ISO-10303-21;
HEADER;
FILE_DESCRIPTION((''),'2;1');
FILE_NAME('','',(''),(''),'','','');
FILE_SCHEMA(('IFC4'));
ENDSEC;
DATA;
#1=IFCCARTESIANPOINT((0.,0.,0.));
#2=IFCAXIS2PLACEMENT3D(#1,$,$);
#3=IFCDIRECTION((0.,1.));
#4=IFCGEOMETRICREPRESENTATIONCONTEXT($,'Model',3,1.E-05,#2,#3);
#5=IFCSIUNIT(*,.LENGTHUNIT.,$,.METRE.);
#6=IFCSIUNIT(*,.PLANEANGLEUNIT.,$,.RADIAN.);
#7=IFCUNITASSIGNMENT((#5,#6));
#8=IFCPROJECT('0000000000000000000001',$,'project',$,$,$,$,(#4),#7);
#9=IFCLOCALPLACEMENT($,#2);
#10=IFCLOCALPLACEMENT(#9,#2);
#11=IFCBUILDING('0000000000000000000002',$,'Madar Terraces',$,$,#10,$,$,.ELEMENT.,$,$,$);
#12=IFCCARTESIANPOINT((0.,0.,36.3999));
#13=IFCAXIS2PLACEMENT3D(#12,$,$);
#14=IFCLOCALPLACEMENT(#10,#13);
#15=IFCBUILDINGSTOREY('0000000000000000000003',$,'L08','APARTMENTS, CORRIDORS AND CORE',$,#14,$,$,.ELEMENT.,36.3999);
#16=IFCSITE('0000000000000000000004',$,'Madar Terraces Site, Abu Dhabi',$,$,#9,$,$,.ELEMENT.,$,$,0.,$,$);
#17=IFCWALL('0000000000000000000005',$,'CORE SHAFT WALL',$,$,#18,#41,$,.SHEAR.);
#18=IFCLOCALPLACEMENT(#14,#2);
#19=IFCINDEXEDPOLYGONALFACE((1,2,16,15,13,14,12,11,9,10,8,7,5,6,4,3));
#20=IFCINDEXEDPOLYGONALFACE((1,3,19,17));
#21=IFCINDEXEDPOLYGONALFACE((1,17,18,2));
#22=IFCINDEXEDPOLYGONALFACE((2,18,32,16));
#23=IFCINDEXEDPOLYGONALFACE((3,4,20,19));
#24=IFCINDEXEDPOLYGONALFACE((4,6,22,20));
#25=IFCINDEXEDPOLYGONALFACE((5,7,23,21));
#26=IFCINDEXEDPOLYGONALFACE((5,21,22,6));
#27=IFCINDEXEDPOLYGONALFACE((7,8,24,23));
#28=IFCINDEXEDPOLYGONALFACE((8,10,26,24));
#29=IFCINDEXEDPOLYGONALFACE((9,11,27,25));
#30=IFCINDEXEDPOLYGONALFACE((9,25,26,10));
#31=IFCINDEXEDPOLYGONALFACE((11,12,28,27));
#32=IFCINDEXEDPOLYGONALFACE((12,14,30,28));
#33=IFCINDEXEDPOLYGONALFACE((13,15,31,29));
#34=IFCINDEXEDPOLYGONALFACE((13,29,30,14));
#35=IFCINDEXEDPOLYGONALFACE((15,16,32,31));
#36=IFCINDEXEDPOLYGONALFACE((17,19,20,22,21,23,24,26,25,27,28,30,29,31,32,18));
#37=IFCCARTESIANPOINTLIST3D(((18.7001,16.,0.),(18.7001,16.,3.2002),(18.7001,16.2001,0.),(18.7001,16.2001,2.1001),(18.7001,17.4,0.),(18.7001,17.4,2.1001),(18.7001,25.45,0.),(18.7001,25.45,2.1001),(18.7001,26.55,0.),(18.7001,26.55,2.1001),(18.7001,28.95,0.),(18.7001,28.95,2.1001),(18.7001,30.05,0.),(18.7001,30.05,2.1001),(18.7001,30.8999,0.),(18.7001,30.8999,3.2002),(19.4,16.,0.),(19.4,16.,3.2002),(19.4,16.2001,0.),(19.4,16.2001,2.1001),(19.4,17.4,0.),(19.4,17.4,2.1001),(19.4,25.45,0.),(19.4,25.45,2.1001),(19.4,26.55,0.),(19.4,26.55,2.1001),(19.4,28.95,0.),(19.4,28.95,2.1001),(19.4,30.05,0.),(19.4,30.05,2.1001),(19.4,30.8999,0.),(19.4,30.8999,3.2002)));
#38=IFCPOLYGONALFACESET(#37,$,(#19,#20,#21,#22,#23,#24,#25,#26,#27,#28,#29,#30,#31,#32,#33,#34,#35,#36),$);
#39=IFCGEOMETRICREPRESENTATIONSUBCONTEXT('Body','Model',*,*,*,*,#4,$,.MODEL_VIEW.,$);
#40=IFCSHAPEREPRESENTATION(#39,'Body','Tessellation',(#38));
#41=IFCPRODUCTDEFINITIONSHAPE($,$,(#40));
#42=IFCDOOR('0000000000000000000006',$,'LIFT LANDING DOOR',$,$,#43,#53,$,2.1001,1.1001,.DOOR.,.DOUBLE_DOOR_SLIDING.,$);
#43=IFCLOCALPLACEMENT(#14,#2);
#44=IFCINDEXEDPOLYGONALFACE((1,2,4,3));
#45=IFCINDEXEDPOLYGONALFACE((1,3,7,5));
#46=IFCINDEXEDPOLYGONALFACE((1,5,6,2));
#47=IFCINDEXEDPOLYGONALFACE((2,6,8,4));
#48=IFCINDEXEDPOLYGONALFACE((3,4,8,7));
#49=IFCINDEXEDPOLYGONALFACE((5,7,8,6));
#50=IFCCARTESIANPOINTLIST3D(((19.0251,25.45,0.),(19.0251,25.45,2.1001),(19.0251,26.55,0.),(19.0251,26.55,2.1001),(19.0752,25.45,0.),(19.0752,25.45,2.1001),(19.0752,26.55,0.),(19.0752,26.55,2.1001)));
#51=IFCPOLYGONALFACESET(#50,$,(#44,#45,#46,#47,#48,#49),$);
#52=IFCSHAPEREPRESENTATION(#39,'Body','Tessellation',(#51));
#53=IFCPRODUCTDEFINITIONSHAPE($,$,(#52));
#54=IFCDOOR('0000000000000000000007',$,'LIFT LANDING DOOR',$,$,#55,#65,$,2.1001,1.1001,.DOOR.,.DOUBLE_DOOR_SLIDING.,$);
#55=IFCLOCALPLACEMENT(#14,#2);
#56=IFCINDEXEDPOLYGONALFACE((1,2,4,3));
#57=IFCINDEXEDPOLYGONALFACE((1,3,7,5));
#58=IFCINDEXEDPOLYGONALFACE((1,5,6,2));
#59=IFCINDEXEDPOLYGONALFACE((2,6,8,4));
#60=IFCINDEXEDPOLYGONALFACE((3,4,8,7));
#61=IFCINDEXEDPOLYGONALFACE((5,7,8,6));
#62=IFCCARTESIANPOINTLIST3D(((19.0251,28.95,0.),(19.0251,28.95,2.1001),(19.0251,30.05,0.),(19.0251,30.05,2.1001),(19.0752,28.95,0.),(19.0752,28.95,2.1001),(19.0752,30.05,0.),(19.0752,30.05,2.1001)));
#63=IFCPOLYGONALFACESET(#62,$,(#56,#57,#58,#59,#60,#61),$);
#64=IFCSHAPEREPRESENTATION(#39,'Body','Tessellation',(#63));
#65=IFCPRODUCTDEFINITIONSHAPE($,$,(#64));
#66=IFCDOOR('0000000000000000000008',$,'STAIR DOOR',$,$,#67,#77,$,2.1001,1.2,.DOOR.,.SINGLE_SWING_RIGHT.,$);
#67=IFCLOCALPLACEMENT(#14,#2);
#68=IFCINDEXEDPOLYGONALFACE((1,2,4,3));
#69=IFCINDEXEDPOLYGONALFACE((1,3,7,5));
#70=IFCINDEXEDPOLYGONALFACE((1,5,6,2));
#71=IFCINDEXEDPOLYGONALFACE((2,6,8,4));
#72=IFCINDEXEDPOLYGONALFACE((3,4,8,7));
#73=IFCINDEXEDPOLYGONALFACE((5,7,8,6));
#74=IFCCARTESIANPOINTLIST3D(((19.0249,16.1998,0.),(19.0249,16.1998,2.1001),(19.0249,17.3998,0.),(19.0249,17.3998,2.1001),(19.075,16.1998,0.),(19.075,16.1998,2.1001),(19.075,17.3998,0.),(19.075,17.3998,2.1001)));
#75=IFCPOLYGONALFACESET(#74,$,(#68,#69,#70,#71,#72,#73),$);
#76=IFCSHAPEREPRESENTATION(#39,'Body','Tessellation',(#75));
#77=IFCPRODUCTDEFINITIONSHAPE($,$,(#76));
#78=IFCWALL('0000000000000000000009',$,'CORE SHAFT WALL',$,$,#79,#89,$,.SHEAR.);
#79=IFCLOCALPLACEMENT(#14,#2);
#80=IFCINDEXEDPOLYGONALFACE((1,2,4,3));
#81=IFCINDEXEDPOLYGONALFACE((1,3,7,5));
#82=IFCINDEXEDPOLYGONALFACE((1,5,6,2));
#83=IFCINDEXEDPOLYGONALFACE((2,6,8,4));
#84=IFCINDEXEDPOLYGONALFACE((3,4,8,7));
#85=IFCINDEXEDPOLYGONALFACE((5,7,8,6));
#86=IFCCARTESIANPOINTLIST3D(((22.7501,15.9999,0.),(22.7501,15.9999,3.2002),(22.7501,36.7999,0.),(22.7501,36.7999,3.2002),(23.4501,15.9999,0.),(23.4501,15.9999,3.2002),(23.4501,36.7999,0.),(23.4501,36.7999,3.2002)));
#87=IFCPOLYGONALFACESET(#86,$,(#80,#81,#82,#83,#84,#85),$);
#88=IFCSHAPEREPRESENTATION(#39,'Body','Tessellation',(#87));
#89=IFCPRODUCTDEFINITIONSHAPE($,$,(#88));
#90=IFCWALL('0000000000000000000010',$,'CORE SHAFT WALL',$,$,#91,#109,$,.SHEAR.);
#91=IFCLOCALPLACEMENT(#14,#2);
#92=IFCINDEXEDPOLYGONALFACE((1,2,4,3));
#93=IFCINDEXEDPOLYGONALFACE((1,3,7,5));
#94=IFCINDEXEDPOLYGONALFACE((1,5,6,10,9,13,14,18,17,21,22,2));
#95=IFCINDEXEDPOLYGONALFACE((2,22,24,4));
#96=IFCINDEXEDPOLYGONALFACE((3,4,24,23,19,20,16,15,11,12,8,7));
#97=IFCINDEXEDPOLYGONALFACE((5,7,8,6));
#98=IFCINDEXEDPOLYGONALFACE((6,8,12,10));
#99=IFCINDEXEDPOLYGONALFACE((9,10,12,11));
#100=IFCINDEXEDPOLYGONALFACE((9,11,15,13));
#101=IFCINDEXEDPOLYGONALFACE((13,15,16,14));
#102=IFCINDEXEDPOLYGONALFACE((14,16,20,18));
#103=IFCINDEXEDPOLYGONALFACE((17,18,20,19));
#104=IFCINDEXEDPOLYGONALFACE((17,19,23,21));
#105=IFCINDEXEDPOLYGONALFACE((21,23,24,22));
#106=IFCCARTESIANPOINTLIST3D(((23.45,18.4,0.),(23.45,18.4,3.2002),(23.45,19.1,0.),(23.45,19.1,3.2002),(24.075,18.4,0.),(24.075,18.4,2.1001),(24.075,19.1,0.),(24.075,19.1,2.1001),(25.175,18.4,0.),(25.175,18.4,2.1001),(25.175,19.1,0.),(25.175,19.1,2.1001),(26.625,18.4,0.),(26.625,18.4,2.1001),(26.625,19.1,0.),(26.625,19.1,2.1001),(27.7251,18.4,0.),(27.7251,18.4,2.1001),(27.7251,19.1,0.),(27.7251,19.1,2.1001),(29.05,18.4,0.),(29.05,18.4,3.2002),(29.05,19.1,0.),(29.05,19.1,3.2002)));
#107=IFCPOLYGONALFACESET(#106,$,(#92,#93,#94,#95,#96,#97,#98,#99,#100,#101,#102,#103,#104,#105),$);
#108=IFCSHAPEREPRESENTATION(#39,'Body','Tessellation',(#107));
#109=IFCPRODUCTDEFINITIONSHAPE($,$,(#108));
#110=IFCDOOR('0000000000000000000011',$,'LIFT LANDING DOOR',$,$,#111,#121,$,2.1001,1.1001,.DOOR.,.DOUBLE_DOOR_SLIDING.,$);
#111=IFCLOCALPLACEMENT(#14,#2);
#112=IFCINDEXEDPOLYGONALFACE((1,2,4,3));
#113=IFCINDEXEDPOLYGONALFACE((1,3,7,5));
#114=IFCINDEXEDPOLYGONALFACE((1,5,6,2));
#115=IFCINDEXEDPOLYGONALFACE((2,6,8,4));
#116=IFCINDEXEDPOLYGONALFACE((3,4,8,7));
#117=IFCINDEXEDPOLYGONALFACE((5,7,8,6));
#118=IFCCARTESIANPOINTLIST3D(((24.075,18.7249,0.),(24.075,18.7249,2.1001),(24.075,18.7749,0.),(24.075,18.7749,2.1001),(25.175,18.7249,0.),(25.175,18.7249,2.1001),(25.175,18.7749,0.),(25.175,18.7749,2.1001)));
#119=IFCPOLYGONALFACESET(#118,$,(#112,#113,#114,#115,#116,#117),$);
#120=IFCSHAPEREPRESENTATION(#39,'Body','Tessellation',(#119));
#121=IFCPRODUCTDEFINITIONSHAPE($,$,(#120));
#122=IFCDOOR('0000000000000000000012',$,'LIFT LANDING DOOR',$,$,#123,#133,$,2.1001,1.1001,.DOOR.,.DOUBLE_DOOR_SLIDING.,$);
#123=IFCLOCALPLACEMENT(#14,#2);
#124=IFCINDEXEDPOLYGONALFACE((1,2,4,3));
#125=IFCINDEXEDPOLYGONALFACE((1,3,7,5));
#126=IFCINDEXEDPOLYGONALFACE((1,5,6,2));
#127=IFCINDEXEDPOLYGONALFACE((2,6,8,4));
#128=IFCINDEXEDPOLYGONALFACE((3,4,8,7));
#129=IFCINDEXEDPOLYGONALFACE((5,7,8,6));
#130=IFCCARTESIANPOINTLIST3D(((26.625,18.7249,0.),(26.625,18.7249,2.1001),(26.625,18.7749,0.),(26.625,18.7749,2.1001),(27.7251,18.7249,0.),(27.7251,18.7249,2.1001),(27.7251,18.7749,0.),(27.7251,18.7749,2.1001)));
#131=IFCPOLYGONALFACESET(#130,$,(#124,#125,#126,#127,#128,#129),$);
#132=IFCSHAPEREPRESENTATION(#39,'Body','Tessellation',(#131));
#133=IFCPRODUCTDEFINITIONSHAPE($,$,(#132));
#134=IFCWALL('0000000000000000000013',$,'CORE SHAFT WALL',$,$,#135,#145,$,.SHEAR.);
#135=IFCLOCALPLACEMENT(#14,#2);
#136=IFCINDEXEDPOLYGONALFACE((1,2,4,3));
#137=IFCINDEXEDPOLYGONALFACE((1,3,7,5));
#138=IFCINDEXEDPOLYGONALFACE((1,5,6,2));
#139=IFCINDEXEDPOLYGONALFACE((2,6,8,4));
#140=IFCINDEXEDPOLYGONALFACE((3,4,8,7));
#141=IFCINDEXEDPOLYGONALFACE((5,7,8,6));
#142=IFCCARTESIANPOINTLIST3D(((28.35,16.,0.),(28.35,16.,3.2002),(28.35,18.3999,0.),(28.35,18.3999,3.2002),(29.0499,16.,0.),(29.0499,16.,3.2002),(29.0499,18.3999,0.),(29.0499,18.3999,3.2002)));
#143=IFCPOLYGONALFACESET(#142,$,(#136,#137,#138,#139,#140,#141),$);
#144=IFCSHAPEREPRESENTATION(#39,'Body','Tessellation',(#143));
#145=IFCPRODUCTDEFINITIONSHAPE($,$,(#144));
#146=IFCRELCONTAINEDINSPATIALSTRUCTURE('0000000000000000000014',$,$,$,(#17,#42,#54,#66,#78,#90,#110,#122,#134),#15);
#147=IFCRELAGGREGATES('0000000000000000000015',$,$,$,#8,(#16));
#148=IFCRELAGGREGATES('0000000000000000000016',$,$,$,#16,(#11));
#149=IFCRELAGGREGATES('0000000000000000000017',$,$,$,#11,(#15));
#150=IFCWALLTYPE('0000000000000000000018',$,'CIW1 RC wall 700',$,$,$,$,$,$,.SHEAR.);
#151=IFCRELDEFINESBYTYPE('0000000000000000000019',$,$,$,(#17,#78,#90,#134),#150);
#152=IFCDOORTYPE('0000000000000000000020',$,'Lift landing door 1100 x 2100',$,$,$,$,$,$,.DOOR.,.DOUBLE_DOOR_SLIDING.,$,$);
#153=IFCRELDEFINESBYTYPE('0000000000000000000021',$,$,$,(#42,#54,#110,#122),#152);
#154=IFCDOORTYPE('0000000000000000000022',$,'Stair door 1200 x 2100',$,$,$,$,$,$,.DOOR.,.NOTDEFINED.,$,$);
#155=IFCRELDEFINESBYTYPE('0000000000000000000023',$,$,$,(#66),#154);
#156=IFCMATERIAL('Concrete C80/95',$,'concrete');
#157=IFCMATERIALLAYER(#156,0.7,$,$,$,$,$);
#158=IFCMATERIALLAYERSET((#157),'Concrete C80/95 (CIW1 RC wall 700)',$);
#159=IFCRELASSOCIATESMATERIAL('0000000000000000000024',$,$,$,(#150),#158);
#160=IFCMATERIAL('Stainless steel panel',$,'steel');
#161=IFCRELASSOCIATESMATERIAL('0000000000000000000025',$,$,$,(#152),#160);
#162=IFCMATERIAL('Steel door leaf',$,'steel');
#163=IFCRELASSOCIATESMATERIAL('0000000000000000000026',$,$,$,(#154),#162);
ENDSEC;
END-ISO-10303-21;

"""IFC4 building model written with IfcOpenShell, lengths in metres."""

from ifc_helpers import new_model, si_unit, direction, frame, frame_2d, origin, place, context, subcontext, project, spatial, rectangle, extrude, material, layer, layer_set, type_object, element, fill, save


model = new_model("IFC4")

# Units and contexts
model_context = context("Model", 3, precision=1e-05, world=origin(), true_north=direction((0.0, 1.0)))
body_context = subcontext(model_context, "Body", "Model", "MODEL_VIEW")
ifc_project = project(units=[si_unit("LENGTHUNIT", "METRE"), si_unit("PLANEANGLEUNIT", "RADIAN")], contexts=[model_context])

# Site, building, storey
site_placement = place(None, origin())
site = spatial("IfcSite", under=ifc_project, at=site_placement, Name="Madar Terraces Site, Abu Dhabi", CompositionType="ELEMENT", RefElevation=0.0)
building_placement = place(site_placement, origin())
building = spatial("IfcBuilding", under=site, at=building_placement, Name="Madar Terraces", CompositionType="ELEMENT")
storey_placement = place(building_placement, frame((0.0, 0.0, 36.3999)))
storey = spatial("IfcBuildingStorey", under=building, at=storey_placement, Name="L08", Description="APARTMENTS, CORRIDORS AND CORE", CompositionType="ELEMENT", Elevation=36.3999)

# Wall, openings, doors
ifc_material_1 = material(Name="Concrete C80/95", Category="concrete")
ifc_layer_1 = layer(ifc_material_1, 0.7)
ifc_layer_set_1 = layer_set([ifc_layer_1], Name="Concrete C80/95 (CIW1 RC wall 700)")
wall_type_1 = type_object("IfcWallType", Name="CIW1 RC wall 700", PredefinedType="SHEAR", material=ifc_layer_set_1)
wall_1_placement = place(storey_placement, frame((19.05, 16.0, 0.0), z_axis=(0.0, 0.0, 1.0), x_axis=(0.0, 1.0, 0.0)))
wall_1 = element("IfcWall", 1, at=wall_1_placement, inside=storey, type_object=wall_type_1, Name="CORE SHAFT WALL", PredefinedType="SHEAR", context=body_context, shape_type="SweptSolid", body=[
    extrude(rectangle(XDim=14.8999, YDim=0.7, at=frame_2d((7.45, 0.0))), origin(), (0.0, 0.0, 1.0), 3.2002),
])
opening_1_placement = place(wall_1_placement, frame((9.45, 0.0, 0.0)))
opening_1 = element("IfcOpeningElement", 2, at=opening_1_placement, cuts=wall_1, PredefinedType="OPENING", context=body_context, shape_type="SweptSolid", body=[
    extrude(rectangle(XDim=1.1001, YDim=2.1001, at=frame_2d((0.55, 1.05))), frame((0.0, 0.3599, 0.0), z_axis=(0.0, -1.0, 0.0), x_axis=(1.0, 0.0, 0.0)), (0.0, 0.0, 1.0), 0.72),
])
opening_2_placement = place(wall_1_placement, frame((12.95, 0.0, 0.0)))
opening_2 = element("IfcOpeningElement", 3, at=opening_2_placement, cuts=wall_1, PredefinedType="OPENING", context=body_context, shape_type="SweptSolid", body=[
    extrude(rectangle(XDim=1.1001, YDim=2.1001, at=frame_2d((0.55, 1.05))), frame((0.0, 0.3599, 0.0), z_axis=(0.0, -1.0, 0.0), x_axis=(1.0, 0.0, 0.0)), (0.0, 0.0, 1.0), 0.72),
])
opening_3_placement = place(wall_1_placement, frame((0.2, 0.0, 0.0)))
opening_3 = element("IfcOpeningElement", 4, at=opening_3_placement, cuts=wall_1, PredefinedType="OPENING", context=body_context, shape_type="SweptSolid", body=[
    extrude(rectangle(XDim=1.2, YDim=2.1001, at=frame_2d((0.6001, 1.05))), frame((0.0, 0.3599, 0.0), z_axis=(0.0, -1.0, 0.0), x_axis=(1.0, 0.0, 0.0)), (0.0, 0.0, 1.0), 0.72),
])
ifc_material_2 = material(Name="Stainless steel panel", Category="steel")
door_type_1 = type_object("IfcDoorType", Name="Lift landing door 1100 x 2100", OperationType="DOUBLE_DOOR_SLIDING", PredefinedType="DOOR", material=ifc_material_2)
door_1_placement = place(opening_1_placement, origin())
door_1 = element("IfcDoor", 5, at=door_1_placement, inside=storey, type_object=door_type_1, Name="LIFT LANDING DOOR", OperationType="DOUBLE_DOOR_SLIDING", OverallHeight=2.1001, OverallWidth=1.1001, PredefinedType="DOOR", context=body_context, shape_type="SweptSolid", body=[
    extrude(rectangle(XDim=1.1001, YDim=2.1001, at=frame_2d((0.55, 1.05))), frame((0.0, 0.0249, 0.0), z_axis=(0.0, -1.0, 0.0), x_axis=(1.0, 0.0, 0.0)), (0.0, 0.0, 1.0), 0.05),
])
fill(opening_1, door_1)
door_2_placement = place(opening_2_placement, origin())
door_2 = element("IfcDoor", 6, at=door_2_placement, inside=storey, type_object=door_type_1, Name="LIFT LANDING DOOR", OperationType="DOUBLE_DOOR_SLIDING", OverallHeight=2.1001, OverallWidth=1.1001, PredefinedType="DOOR", context=body_context, shape_type="SweptSolid", body=[
    extrude(rectangle(XDim=1.1001, YDim=2.1001, at=frame_2d((0.55, 1.05))), frame((0.0, 0.0249, 0.0), z_axis=(0.0, -1.0, 0.0), x_axis=(1.0, 0.0, 0.0)), (0.0, 0.0, 1.0), 0.05),
])
fill(opening_2, door_2)
ifc_material_3 = material(Name="Steel door leaf", Category="steel")
door_type_2 = type_object("IfcDoorType", Name="Stair door 1200 x 2100", OperationType="NOTDEFINED", PredefinedType="DOOR", material=ifc_material_3)
door_3_placement = place(opening_3_placement, frame((1.2, 0.0, 0.0), z_axis=(0.0, 0.0, 1.0), x_axis=(-1.0, 0.0, 0.0)))
door_3 = element("IfcDoor", 7, at=door_3_placement, inside=storey, type_object=door_type_2, Name="STAIR DOOR", OperationType="SINGLE_SWING_RIGHT", OverallHeight=2.1001, OverallWidth=1.2, PredefinedType="DOOR", context=body_context, shape_type="SweptSolid", body=[
    extrude(rectangle(XDim=1.2, YDim=2.1001, at=frame_2d((0.6001, 1.05))), frame((0.0, 0.0249, 0.0), z_axis=(0.0, -1.0, 0.0), x_axis=(1.0, 0.0, 0.0)), (0.0, 0.0, 1.0), 0.05),
])
fill(opening_3, door_3)

# Wall
wall_2_placement = place(storey_placement, frame((23.1001, 16.0, 0.0), z_axis=(0.0, 0.0, 1.0), x_axis=(0.0, 1.0, 0.0)))
element("IfcWall", 8, at=wall_2_placement, inside=storey, type_object=wall_type_1, Name="CORE SHAFT WALL", PredefinedType="SHEAR", context=body_context, shape_type="SweptSolid", body=[
    extrude(rectangle(XDim=20.8, YDim=0.7, at=frame_2d((10.3999, 0.0))), origin(), (0.0, 0.0, 1.0), 3.2002),
])

# Wall, openings, doors
wall_3_placement = place(storey_placement, frame((23.45, 18.75, 0.0), z_axis=(0.0, 0.0, 1.0), x_axis=(1.0, 0.0, 0.0)))
wall_3 = element("IfcWall", 9, at=wall_3_placement, inside=storey, type_object=wall_type_1, Name="CORE SHAFT WALL", PredefinedType="SHEAR", context=body_context, shape_type="SweptSolid", body=[
    extrude(rectangle(XDim=5.6001, YDim=0.7, at=frame_2d((2.8, 0.0))), origin(), (0.0, 0.0, 1.0), 3.2002),
])
opening_4_placement = place(wall_3_placement, frame((0.625, 0.0, 0.0)))
opening_4 = element("IfcOpeningElement", 10, at=opening_4_placement, cuts=wall_3, PredefinedType="OPENING", context=body_context, shape_type="SweptSolid", body=[
    extrude(rectangle(XDim=1.1001, YDim=2.1001, at=frame_2d((0.55, 1.05))), frame((0.0, 0.3599, 0.0), z_axis=(0.0, -1.0, 0.0), x_axis=(1.0, 0.0, 0.0)), (0.0, 0.0, 1.0), 0.72),
])
opening_5_placement = place(wall_3_placement, frame((3.175, 0.0, 0.0)))
opening_5 = element("IfcOpeningElement", 11, at=opening_5_placement, cuts=wall_3, PredefinedType="OPENING", context=body_context, shape_type="SweptSolid", body=[
    extrude(rectangle(XDim=1.1001, YDim=2.1001, at=frame_2d((0.55, 1.05))), frame((0.0, 0.3599, 0.0), z_axis=(0.0, -1.0, 0.0), x_axis=(1.0, 0.0, 0.0)), (0.0, 0.0, 1.0), 0.72),
])
door_4_placement = place(opening_4_placement, origin())
door_4 = element("IfcDoor", 12, at=door_4_placement, inside=storey, type_object=door_type_1, Name="LIFT LANDING DOOR", OperationType="DOUBLE_DOOR_SLIDING", OverallHeight=2.1001, OverallWidth=1.1001, PredefinedType="DOOR", context=body_context, shape_type="SweptSolid", body=[
    extrude(rectangle(XDim=1.1001, YDim=2.1001, at=frame_2d((0.55, 1.05))), frame((0.0, 0.0249, 0.0), z_axis=(0.0, -1.0, 0.0), x_axis=(1.0, 0.0, 0.0)), (0.0, 0.0, 1.0), 0.05),
])
fill(opening_4, door_4)
door_5_placement = place(opening_5_placement, origin())
door_5 = element("IfcDoor", 13, at=door_5_placement, inside=storey, type_object=door_type_1, Name="LIFT LANDING DOOR", OperationType="DOUBLE_DOOR_SLIDING", OverallHeight=2.1001, OverallWidth=1.1001, PredefinedType="DOOR", context=body_context, shape_type="SweptSolid", body=[
    extrude(rectangle(XDim=1.1001, YDim=2.1001, at=frame_2d((0.55, 1.05))), frame((0.0, 0.0249, 0.0), z_axis=(0.0, -1.0, 0.0), x_axis=(1.0, 0.0, 0.0)), (0.0, 0.0, 1.0), 0.05),
])
fill(opening_5, door_5)

# Wall
wall_4_placement = place(storey_placement, frame((28.7, 16.0, 0.0), z_axis=(0.0, 0.0, 1.0), x_axis=(0.0, 1.0, 0.0)))
element("IfcWall", 14, at=wall_4_placement, inside=storey, type_object=wall_type_1, Name="CORE SHAFT WALL", PredefinedType="SHEAR", context=body_context, shape_type="SweptSolid", body=[
    extrude(rectangle(XDim=2.3999, YDim=0.7, at=frame_2d((1.2, 0.0))), origin(), (0.0, 0.0, 1.0), 3.2002),
])

save(model, "model.ifc")
